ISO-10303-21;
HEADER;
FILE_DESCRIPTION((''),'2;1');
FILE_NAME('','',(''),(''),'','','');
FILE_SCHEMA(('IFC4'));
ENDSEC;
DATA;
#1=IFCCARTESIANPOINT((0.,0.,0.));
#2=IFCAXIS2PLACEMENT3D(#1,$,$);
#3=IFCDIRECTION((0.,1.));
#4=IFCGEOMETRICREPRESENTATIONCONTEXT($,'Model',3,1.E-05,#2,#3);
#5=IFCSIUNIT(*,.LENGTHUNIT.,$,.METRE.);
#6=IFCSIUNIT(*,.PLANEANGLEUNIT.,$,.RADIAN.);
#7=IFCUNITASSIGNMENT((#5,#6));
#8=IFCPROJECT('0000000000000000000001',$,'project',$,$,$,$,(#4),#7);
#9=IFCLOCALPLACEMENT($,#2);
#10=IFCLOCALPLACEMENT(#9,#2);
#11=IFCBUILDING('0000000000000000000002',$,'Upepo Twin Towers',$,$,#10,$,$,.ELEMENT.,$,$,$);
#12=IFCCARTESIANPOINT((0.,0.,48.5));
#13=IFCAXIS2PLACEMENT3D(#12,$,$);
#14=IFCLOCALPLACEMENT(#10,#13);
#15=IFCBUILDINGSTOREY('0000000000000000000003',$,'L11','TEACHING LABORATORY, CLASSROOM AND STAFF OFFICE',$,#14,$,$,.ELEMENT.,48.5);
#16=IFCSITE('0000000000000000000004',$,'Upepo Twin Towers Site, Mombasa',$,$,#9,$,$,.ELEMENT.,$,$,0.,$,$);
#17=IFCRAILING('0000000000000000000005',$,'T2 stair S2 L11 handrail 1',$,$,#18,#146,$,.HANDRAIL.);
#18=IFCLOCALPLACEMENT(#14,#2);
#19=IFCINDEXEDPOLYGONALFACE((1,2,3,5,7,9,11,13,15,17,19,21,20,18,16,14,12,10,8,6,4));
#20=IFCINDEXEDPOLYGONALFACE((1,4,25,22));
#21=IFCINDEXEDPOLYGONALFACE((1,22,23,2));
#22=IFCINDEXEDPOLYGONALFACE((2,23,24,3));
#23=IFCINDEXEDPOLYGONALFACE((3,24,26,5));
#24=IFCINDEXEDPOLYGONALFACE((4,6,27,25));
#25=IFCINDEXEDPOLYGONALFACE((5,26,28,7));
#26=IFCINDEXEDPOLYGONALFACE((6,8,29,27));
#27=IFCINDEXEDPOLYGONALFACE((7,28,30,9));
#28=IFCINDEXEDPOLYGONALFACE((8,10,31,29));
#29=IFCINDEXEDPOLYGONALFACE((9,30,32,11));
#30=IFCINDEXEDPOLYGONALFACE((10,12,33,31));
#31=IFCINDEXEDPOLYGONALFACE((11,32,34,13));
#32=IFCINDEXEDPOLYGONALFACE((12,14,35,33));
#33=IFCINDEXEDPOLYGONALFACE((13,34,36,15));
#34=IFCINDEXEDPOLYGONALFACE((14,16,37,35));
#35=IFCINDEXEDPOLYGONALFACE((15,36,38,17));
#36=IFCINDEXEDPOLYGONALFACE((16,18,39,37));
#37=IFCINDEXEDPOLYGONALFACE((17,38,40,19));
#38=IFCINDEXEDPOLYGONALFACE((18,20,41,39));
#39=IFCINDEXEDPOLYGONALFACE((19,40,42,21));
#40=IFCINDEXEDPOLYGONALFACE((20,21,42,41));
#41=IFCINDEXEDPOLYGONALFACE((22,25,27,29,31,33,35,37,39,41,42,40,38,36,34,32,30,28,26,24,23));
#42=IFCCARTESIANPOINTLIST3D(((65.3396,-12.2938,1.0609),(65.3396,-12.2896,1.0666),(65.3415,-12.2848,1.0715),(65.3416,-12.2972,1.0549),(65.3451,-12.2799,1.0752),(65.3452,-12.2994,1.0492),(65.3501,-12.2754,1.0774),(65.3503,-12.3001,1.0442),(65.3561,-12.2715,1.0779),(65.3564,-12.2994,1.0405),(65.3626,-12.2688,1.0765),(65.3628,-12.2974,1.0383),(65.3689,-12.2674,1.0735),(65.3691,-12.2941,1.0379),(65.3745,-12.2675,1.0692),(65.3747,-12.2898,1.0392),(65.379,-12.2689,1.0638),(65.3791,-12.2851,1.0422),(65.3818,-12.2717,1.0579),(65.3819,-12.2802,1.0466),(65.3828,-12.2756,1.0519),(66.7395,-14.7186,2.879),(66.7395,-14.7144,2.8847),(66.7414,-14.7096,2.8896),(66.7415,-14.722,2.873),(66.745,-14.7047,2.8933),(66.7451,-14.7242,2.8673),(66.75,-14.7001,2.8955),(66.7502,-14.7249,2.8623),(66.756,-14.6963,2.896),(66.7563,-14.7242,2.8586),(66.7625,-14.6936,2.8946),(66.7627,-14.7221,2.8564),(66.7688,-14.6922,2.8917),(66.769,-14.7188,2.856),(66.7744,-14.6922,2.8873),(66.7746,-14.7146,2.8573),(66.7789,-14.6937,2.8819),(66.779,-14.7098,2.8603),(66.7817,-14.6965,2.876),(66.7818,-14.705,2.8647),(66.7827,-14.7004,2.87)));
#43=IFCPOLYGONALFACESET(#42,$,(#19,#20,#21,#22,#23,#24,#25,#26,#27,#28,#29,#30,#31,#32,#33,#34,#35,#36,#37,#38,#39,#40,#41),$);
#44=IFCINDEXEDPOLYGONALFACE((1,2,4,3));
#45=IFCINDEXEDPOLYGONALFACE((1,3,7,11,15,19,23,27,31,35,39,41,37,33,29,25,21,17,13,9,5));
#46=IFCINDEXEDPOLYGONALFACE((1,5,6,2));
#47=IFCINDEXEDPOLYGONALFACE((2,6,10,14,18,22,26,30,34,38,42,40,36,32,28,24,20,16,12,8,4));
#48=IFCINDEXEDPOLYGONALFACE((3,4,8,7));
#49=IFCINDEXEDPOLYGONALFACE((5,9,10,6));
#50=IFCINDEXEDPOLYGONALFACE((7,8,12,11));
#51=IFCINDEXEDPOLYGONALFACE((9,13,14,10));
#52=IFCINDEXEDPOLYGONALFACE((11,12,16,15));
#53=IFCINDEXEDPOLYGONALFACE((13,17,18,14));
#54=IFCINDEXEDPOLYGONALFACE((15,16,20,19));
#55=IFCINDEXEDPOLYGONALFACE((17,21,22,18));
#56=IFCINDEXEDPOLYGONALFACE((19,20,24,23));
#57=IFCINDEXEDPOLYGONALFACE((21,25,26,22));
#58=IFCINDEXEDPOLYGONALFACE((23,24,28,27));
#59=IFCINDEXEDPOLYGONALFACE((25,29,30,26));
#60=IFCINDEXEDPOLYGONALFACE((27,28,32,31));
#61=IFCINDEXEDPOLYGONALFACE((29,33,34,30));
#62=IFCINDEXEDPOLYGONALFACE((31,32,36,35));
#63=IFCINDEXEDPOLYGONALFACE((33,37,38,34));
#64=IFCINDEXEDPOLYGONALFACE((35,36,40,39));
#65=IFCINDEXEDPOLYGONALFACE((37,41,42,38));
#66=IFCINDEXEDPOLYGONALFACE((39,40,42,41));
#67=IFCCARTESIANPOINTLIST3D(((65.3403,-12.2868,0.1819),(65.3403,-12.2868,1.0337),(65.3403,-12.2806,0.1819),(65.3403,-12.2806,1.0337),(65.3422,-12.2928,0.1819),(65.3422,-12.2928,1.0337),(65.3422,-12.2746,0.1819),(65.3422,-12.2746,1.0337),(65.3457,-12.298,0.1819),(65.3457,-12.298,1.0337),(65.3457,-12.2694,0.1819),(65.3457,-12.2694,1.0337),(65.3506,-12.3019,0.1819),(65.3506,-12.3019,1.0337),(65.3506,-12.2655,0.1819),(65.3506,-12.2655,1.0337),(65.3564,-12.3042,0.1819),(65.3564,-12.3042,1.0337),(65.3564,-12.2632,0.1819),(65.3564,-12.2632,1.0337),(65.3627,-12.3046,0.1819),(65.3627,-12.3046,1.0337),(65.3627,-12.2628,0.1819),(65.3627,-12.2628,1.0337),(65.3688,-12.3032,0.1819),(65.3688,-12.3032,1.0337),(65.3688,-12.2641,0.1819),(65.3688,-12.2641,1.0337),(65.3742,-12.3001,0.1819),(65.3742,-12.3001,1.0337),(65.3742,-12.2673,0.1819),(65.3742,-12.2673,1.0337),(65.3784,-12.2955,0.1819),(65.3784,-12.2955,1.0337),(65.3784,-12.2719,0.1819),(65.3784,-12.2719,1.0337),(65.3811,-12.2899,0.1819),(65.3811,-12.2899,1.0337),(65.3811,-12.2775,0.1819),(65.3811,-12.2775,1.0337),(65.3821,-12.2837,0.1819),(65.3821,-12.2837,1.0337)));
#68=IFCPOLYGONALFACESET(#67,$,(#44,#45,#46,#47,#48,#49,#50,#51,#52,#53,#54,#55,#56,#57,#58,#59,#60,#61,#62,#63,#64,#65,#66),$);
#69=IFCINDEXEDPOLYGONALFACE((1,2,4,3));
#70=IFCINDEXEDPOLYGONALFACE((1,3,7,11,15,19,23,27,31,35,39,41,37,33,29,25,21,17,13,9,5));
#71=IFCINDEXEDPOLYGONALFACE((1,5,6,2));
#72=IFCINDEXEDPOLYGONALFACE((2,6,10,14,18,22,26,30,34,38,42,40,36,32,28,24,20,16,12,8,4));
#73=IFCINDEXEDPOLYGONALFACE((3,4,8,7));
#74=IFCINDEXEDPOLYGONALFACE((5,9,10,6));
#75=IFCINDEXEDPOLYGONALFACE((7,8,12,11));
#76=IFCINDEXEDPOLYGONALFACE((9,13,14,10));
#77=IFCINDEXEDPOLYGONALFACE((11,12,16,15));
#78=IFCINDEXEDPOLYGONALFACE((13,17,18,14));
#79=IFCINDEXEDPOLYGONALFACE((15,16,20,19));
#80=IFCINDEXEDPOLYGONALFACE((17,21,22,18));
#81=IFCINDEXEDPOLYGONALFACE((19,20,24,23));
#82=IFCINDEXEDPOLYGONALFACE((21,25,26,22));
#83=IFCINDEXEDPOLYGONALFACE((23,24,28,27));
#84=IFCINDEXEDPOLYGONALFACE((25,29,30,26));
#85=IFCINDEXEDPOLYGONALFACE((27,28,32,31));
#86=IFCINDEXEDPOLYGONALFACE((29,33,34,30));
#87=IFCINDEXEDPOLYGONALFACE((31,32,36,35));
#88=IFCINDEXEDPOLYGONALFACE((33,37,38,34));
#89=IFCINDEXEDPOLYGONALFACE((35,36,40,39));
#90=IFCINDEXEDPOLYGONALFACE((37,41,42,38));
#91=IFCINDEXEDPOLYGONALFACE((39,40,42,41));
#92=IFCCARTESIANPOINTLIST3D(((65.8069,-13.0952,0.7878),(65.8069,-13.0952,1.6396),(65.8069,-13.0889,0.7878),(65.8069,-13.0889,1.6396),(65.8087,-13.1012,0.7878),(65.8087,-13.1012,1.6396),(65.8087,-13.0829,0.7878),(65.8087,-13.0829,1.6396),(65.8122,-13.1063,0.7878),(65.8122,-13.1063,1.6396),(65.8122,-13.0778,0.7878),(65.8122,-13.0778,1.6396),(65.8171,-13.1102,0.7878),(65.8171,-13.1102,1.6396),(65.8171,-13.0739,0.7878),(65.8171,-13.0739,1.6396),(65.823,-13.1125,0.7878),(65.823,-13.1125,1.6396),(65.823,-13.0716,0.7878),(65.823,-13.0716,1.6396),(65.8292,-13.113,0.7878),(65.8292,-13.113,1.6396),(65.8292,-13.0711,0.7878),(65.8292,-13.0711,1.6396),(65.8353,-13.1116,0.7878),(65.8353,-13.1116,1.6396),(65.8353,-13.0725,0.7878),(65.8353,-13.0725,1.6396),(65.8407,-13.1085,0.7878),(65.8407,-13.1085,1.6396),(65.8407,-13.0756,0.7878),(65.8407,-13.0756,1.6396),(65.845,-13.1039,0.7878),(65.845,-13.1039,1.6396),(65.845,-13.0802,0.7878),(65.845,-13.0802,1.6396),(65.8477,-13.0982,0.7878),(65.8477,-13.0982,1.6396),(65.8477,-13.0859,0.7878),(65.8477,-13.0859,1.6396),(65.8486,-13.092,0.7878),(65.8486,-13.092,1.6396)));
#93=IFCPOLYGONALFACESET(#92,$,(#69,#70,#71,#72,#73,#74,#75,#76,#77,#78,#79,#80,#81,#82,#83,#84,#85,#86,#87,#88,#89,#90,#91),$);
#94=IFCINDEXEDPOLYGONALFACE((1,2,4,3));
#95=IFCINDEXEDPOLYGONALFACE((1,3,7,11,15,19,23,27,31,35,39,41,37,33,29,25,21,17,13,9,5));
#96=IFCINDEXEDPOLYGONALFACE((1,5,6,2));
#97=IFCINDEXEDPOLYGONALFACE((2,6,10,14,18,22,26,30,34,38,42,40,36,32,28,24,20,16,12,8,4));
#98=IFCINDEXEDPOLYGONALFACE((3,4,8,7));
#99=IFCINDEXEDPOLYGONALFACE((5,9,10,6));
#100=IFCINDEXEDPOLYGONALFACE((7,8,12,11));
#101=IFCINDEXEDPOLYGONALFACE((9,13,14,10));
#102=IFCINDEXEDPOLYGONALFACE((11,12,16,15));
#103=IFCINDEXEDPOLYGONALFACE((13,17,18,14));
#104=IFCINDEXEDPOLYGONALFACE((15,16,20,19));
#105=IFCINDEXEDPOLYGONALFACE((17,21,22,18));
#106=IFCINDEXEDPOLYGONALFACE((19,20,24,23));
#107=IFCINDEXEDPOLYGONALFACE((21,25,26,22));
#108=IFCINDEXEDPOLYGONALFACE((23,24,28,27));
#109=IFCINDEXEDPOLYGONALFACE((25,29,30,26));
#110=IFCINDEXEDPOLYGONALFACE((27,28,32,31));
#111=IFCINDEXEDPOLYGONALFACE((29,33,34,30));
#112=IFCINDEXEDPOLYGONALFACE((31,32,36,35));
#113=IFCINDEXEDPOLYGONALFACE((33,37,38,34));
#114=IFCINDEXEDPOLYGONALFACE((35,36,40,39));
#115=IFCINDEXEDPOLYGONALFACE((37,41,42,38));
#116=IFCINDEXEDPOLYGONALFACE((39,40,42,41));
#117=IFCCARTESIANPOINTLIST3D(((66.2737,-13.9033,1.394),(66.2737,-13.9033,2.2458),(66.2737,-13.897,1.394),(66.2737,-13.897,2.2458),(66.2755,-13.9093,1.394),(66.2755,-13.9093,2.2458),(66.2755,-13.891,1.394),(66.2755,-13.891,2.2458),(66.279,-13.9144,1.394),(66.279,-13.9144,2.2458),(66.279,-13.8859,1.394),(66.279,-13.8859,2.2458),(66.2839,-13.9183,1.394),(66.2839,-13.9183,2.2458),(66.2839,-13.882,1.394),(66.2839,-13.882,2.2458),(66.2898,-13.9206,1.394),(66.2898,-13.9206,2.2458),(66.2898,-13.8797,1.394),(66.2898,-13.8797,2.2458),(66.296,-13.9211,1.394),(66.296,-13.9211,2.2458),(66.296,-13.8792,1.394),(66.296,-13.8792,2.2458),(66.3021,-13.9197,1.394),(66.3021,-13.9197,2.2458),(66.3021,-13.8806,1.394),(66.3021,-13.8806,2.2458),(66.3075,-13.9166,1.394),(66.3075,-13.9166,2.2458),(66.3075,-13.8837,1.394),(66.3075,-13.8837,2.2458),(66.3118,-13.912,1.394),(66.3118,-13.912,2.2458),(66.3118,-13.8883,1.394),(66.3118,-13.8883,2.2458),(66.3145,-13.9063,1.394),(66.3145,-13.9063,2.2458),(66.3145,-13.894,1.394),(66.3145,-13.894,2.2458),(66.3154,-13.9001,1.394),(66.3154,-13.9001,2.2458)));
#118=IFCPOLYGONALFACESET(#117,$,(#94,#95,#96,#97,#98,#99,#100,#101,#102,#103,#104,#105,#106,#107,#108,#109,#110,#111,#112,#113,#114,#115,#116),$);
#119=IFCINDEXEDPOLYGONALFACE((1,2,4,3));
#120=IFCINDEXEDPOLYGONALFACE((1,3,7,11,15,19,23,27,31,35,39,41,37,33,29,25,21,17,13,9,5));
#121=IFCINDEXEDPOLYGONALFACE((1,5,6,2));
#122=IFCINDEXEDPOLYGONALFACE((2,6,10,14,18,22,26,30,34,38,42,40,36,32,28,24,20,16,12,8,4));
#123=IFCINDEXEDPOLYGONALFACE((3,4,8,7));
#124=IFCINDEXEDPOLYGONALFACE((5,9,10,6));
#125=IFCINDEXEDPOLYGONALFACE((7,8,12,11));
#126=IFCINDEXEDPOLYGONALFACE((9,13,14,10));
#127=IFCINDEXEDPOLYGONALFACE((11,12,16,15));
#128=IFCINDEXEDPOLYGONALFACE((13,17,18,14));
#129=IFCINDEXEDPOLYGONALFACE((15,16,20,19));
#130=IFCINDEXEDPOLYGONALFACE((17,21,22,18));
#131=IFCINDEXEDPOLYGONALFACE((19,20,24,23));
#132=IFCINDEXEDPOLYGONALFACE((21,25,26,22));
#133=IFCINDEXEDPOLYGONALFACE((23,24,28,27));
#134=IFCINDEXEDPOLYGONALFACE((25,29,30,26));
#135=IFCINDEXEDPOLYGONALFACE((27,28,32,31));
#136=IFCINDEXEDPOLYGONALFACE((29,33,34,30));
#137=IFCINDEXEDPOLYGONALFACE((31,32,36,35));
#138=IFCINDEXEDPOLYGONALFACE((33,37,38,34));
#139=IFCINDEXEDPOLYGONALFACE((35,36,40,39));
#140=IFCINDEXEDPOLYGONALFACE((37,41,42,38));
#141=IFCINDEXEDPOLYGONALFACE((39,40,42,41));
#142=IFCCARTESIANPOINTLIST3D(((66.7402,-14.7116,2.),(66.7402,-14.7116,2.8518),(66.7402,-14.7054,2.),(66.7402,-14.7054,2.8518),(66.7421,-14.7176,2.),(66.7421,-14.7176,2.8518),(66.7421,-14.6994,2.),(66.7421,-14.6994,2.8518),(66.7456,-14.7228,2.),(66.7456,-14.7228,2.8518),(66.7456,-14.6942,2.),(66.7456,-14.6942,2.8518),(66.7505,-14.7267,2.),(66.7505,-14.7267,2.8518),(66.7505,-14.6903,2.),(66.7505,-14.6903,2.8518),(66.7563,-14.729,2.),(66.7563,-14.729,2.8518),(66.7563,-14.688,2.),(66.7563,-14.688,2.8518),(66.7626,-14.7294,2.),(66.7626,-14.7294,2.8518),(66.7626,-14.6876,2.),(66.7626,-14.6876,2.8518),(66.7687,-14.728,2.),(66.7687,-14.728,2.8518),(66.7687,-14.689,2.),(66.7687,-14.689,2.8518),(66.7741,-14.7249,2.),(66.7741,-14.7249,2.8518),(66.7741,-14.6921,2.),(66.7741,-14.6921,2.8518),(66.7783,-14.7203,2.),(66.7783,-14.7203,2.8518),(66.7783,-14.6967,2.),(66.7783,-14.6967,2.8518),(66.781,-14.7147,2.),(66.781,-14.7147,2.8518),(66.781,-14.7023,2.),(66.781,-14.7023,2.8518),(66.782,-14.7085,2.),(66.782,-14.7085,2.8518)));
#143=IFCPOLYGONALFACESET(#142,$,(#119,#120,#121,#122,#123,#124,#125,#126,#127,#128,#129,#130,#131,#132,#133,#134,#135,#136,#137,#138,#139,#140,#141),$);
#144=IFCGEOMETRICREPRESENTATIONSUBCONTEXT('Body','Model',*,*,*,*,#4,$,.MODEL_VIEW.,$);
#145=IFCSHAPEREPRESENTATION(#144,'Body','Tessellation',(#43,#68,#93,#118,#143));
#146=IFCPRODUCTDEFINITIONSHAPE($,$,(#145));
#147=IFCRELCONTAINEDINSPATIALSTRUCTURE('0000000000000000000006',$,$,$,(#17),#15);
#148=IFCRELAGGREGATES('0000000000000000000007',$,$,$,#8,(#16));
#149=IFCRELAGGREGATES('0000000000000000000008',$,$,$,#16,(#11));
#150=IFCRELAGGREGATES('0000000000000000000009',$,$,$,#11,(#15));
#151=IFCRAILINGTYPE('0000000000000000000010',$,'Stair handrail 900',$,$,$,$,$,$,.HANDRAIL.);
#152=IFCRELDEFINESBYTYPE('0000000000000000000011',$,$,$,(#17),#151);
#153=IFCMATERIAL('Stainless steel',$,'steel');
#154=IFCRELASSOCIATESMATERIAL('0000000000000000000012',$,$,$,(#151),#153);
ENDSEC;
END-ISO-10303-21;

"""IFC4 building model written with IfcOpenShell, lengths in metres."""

from ifc_helpers import new_model, si_unit, direction, frame, origin, origin_2d, place, context, subcontext, project, spatial, circle, extrude, material, type_object, element, save


model = new_model("IFC4")

# Units and contexts
model_context = context("Model", 3, precision=1e-05, world=origin(), true_north=direction((0.0, 1.0)))
body_context = subcontext(model_context, "Body", "Model", "MODEL_VIEW")
ifc_project = project(units=[si_unit("LENGTHUNIT", "METRE"), si_unit("PLANEANGLEUNIT", "RADIAN")], contexts=[model_context])

# Site, building, storey
site_placement = place(None, origin())
site = spatial("IfcSite", under=ifc_project, at=site_placement, Name="Upepo Twin Towers Site, Mombasa", CompositionType="ELEMENT", RefElevation=0.0)
building_placement = place(site_placement, origin())
building = spatial("IfcBuilding", under=site, at=building_placement, Name="Upepo Twin Towers", CompositionType="ELEMENT")
storey_placement = place(building_placement, frame((0.0, 0.0, 48.5)))
storey = spatial("IfcBuildingStorey", under=building, at=storey_placement, Name="L11", Description="TEACHING LABORATORY, CLASSROOM AND STAFF OFFICE", CompositionType="ELEMENT", Elevation=48.5)

# Railing
ifc_material_1 = material(Name="Stainless steel", Category="steel")
railing_type = type_object("IfcRailingType", Name="Stair handrail 900", PredefinedType="HANDRAIL", material=ifc_material_1)
railing_1_placement = place(storey_placement, frame((65.3611, -12.2837, 0.1819)))
element("IfcRailing", 1, at=railing_1_placement, inside=storey, type_object=railing_type, Name="T2 stair S2 L11 handrail 1", PredefinedType="HANDRAIL", context=body_context, shape_type="SweptSolid", body=[
    extrude(circle(Radius=0.0239, at=origin_2d()), frame((0.0, 0.0, 0.876), z_axis=(0.419333, -0.726336, 0.544606), x_axis=(0.866035, 0.499984, 0.0)), (0.0, 0.0, 1.0), 3.3384),
    extrude(circle(Radius=0.021, at=origin_2d()), origin(), (0.0, 0.0, 1.0), 0.8518),
    extrude(circle(Radius=0.021, at=origin_2d()), frame((0.4666, -0.8083, 0.606)), (0.0, 0.0, 1.0), 0.8518),
    extrude(circle(Radius=0.021, at=origin_2d()), frame((0.9333, -1.6165, 1.2122)), (0.0, 0.0, 1.0), 0.8518),
    extrude(circle(Radius=0.021, at=origin_2d()), frame((1.3999, -2.4248, 1.8181)), (0.0, 0.0, 1.0), 0.8518),
])

save(model, "model.ifc")
